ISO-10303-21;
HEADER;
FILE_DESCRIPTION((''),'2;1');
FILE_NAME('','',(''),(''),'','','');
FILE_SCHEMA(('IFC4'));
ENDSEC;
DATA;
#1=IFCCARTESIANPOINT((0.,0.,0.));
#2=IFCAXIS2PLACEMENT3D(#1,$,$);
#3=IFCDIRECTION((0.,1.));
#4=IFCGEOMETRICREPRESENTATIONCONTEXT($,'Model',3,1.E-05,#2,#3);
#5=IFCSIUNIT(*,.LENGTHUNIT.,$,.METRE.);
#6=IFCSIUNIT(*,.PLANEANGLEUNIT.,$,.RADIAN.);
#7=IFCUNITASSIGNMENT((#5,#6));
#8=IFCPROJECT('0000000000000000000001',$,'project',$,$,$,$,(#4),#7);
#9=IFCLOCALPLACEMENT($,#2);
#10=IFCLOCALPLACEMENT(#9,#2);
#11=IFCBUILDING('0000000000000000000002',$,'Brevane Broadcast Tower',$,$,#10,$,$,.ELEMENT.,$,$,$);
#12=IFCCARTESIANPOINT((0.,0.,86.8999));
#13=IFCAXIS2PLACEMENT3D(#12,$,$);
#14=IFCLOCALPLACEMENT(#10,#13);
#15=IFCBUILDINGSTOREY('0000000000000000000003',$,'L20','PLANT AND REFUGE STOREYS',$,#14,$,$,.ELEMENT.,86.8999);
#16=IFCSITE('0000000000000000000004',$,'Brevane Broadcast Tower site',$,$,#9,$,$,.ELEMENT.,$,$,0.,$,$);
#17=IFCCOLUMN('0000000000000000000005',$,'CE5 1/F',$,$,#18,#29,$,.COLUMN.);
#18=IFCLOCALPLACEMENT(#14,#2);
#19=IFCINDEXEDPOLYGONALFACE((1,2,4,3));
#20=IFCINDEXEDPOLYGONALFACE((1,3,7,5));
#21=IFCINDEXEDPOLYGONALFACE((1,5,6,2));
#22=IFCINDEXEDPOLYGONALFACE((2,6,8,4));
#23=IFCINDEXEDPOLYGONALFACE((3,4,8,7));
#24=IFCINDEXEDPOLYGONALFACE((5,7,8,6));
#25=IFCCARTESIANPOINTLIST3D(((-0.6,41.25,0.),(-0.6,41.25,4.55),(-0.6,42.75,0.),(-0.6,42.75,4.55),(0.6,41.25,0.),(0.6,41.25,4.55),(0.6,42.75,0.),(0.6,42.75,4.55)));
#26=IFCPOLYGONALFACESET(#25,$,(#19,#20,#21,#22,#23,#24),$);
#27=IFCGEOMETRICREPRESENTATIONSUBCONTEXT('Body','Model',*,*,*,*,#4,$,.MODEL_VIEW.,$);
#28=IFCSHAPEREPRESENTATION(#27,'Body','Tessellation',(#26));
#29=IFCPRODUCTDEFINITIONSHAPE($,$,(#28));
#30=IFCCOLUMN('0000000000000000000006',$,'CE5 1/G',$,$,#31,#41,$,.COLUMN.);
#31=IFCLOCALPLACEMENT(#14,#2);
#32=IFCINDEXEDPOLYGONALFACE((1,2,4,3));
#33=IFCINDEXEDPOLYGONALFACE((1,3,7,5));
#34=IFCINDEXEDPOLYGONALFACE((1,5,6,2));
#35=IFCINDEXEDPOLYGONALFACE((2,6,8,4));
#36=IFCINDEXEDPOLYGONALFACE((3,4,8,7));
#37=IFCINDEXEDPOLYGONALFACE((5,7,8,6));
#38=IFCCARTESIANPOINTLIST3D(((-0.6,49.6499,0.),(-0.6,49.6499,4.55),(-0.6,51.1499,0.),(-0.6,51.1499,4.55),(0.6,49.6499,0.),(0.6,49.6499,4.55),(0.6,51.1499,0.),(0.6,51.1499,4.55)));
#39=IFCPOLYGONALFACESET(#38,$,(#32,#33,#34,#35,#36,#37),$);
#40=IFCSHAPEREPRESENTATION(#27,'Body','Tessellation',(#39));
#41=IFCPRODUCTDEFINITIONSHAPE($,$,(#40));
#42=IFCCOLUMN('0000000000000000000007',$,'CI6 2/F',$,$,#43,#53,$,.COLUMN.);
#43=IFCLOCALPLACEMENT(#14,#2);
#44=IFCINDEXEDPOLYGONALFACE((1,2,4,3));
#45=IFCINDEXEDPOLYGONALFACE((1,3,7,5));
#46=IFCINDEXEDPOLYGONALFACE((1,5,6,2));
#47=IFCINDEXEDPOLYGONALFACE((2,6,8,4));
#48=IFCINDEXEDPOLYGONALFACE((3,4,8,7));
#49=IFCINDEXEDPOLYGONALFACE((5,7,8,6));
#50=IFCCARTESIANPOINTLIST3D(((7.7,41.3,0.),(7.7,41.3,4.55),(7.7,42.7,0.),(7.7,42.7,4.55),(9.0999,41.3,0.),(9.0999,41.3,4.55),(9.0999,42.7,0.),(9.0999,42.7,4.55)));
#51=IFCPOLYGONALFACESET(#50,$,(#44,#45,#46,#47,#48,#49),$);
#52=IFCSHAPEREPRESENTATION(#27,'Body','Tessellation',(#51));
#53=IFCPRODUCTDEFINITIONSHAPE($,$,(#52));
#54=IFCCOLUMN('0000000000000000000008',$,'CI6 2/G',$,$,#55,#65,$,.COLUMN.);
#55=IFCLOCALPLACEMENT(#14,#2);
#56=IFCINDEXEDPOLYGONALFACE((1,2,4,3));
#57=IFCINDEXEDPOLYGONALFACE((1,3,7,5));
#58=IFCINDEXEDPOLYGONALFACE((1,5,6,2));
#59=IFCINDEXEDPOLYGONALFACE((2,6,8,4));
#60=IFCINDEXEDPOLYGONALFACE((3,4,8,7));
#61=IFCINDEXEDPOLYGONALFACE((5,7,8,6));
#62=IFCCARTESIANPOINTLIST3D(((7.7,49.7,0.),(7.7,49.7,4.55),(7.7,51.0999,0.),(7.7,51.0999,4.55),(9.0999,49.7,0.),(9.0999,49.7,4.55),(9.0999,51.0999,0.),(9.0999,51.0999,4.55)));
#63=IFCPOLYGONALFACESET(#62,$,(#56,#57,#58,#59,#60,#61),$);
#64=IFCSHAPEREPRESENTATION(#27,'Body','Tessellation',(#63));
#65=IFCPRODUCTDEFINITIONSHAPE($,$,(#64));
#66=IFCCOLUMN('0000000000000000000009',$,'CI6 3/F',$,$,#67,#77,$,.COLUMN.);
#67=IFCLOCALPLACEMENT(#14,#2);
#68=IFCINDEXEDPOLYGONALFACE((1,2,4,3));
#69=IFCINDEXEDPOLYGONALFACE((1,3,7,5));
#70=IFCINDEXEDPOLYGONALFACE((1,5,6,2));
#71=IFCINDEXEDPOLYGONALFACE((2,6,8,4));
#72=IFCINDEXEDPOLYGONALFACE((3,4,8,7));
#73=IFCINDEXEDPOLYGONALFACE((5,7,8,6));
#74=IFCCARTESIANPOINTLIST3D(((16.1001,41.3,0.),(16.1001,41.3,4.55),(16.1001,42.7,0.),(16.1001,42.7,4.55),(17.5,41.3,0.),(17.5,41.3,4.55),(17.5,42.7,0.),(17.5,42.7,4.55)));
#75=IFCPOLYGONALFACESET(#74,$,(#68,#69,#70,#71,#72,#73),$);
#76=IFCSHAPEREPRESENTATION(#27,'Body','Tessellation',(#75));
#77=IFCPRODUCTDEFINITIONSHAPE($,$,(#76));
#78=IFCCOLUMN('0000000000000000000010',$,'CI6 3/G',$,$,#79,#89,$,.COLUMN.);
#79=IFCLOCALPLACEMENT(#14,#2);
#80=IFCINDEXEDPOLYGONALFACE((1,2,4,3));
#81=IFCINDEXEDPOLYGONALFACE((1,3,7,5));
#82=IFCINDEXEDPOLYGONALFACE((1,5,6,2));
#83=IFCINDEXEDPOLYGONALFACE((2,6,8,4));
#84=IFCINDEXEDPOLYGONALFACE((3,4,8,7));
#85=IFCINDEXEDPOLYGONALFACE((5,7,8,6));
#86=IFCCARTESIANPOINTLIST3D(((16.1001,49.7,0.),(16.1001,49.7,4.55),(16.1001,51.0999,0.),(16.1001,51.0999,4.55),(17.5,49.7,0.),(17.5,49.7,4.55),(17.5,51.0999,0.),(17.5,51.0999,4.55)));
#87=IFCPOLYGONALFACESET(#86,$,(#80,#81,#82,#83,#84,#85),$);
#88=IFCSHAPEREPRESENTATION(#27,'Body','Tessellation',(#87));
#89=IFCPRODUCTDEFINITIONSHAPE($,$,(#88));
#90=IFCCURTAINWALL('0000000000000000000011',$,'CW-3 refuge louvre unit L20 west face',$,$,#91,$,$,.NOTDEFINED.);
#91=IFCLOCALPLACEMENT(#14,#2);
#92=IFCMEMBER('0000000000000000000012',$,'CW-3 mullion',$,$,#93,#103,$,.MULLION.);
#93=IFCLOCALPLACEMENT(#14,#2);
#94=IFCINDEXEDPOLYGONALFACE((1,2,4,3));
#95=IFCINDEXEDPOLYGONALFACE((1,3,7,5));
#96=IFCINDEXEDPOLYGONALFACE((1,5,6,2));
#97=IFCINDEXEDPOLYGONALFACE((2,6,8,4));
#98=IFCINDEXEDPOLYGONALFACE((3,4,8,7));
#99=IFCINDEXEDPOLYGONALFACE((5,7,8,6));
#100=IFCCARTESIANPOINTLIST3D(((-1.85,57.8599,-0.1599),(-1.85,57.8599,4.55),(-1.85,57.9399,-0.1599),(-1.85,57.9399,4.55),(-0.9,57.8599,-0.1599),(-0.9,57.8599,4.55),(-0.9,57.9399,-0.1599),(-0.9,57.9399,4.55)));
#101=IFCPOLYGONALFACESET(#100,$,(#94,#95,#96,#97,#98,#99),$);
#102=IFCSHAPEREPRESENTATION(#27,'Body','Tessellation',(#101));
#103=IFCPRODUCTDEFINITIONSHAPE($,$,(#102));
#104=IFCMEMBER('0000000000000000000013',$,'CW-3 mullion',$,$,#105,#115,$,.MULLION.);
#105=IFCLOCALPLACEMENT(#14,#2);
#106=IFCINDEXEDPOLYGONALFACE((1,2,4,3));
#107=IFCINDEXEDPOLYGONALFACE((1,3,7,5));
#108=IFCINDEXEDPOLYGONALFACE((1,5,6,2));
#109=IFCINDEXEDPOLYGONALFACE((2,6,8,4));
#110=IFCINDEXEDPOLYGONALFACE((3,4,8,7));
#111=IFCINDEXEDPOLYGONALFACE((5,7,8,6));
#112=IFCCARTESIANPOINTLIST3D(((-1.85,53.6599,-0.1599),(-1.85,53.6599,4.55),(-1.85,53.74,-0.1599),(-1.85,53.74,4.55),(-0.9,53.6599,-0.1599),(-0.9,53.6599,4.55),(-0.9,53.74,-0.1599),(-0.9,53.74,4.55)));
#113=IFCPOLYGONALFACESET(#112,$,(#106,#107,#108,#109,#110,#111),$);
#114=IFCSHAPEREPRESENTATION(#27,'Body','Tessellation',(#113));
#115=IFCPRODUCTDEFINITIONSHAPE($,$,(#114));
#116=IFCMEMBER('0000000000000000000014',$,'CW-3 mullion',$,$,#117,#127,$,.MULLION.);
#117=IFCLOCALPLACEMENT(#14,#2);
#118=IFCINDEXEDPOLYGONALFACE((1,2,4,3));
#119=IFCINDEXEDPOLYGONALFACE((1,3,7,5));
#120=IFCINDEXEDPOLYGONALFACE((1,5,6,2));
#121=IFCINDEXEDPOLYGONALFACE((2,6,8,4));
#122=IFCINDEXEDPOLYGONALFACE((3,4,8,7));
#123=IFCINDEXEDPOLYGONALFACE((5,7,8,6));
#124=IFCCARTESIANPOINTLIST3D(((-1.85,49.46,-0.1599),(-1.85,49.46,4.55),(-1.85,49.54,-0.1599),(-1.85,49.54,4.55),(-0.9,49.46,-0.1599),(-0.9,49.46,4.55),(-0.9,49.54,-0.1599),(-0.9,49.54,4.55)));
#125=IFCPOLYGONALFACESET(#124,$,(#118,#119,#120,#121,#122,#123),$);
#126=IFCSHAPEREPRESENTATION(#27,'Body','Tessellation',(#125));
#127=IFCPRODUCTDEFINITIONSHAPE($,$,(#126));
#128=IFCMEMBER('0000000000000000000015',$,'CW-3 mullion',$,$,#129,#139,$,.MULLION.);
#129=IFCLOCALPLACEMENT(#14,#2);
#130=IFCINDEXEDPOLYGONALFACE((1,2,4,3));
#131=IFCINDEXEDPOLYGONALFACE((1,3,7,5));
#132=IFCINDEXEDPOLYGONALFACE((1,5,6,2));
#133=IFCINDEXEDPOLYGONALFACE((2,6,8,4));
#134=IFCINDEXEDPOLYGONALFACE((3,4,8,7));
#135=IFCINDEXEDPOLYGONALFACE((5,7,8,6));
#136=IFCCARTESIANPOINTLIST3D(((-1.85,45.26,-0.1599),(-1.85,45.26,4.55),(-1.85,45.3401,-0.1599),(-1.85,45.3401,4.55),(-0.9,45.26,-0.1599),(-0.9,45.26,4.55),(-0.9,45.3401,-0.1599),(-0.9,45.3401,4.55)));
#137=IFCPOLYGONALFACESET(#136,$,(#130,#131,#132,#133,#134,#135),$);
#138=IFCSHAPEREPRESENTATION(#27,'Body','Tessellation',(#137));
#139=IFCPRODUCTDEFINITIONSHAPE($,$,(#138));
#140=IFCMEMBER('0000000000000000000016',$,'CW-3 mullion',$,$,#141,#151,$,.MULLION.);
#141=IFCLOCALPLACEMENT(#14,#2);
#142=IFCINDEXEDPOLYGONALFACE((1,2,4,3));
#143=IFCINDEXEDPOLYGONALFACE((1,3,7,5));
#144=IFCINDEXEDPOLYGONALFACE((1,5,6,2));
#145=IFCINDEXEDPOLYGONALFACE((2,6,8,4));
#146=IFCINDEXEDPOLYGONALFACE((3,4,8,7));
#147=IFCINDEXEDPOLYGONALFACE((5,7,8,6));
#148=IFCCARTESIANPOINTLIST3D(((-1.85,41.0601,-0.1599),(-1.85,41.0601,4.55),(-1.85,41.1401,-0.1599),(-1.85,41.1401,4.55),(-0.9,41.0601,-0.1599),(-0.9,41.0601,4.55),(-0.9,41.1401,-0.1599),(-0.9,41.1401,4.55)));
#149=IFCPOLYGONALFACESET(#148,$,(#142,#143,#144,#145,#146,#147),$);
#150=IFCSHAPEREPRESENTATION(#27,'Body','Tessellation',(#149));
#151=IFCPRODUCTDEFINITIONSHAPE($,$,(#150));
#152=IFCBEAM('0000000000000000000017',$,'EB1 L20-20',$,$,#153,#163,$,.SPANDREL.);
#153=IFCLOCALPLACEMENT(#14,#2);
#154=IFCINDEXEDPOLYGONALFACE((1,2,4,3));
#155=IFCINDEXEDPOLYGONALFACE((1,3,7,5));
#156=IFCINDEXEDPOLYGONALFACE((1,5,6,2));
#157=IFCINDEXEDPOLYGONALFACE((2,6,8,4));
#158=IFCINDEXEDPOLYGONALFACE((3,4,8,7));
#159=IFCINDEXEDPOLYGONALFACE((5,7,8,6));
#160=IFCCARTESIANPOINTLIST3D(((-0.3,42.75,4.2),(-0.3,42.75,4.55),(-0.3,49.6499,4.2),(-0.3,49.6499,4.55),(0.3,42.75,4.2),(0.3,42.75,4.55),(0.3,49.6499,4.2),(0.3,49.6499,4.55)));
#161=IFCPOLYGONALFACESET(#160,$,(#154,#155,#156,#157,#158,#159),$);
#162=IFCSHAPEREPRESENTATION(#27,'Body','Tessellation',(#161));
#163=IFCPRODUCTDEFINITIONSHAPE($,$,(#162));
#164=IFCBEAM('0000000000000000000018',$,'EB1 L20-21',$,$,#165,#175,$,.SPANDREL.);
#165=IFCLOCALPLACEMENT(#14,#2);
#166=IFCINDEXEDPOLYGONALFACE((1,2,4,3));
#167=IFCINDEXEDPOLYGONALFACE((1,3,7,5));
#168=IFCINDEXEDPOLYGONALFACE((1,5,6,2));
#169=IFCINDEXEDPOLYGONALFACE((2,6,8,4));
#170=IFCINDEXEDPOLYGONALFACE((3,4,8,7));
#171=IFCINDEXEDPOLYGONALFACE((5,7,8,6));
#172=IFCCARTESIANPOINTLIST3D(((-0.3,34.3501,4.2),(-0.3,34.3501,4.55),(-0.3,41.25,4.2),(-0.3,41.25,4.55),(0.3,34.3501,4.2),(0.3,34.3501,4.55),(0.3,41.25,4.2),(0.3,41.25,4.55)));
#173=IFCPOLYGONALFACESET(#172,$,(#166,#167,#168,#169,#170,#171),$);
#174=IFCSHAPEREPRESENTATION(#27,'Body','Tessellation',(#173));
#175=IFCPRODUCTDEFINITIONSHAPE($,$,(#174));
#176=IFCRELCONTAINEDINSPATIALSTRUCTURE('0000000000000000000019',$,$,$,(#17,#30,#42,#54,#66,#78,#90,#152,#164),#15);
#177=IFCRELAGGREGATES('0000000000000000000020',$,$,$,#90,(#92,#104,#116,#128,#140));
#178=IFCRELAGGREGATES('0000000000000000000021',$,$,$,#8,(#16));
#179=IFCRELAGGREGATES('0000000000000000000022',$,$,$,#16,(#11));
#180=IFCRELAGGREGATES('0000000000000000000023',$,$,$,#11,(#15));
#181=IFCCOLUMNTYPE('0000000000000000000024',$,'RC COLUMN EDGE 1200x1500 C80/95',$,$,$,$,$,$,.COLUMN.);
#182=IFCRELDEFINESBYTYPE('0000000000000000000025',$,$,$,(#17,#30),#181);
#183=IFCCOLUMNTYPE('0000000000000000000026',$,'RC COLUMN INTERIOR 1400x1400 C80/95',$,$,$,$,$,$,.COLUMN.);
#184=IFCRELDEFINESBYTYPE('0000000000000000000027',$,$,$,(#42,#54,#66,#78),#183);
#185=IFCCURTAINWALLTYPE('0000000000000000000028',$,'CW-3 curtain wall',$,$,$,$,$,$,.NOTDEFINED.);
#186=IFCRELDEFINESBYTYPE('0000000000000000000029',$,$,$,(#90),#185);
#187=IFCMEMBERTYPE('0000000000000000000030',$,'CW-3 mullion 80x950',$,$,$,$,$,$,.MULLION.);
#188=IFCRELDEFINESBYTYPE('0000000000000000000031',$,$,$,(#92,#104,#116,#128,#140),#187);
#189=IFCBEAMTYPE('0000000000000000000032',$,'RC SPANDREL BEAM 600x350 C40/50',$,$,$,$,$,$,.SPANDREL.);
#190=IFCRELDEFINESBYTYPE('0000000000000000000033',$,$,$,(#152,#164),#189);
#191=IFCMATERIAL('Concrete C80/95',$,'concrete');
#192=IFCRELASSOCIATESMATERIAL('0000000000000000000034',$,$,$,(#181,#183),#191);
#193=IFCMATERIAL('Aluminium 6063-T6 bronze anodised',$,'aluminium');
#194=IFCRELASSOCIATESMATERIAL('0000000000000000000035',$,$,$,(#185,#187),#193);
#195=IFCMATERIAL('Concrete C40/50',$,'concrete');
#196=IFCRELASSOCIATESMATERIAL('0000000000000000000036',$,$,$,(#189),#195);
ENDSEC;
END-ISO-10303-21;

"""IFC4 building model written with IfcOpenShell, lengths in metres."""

from ifc_helpers import new_model, si_unit, direction, frame, origin, origin_2d, place, context, subcontext, project, spatial, rectangle, extrude, material, material_profile, profile_set, type_object, element, aggregate, save


model = new_model("IFC4")

# Units and contexts
model_context = context("Model", 3, precision=1e-05, world=origin(), true_north=direction((0.0, 1.0)))
body_context = subcontext(model_context, "Body", "Model", "MODEL_VIEW")
ifc_project = project(units=[si_unit("LENGTHUNIT", "METRE"), si_unit("PLANEANGLEUNIT", "RADIAN")], contexts=[model_context])

# Site, building, storey
site_placement = place(None, origin())
site = spatial("IfcSite", under=ifc_project, at=site_placement, Name="Brevane Broadcast Tower site", CompositionType="ELEMENT", RefElevation=0.0)
building_placement = place(site_placement, origin())
building = spatial("IfcBuilding", under=site, at=building_placement, Name="Brevane Broadcast Tower", CompositionType="ELEMENT")
storey_placement = place(building_placement, frame((0.0, 0.0, 86.8999)))
storey = spatial("IfcBuildingStorey", under=building, at=storey_placement, Name="L20", Description="PLANT AND REFUGE STOREYS", CompositionType="ELEMENT", Elevation=86.8999)

# Columns
ifc_material_1 = material(Name="Concrete C80/95", Category="concrete")
ifc_material_profile_1 = material_profile(ifc_material_1, rectangle(XDim=1.2, YDim=1.5, at=origin_2d()), Name="RC 1200x1500")
ifc_profile_set_1 = profile_set([ifc_material_profile_1], Name="Concrete C80/95")
column_type_1 = type_object("IfcColumnType", Name="RC COLUMN EDGE 1200x1500 C80/95", PredefinedType="COLUMN", material=ifc_profile_set_1)
for number, where, z_axis, x_axis, name in (
    (1, (0.0, 42.0, 0.0), (0.0, 0.0, 1.0), (1.0, 0.0, 0.0), "CE5 1/F"),
    (2, (0.0, 50.3999, 0.0), (0.0, 0.0, 1.0), (1.0, 0.0, 0.0), "CE5 1/G"),
):
    element("IfcColumn", number, at=place(storey_placement, frame(where, z_axis=z_axis, x_axis=x_axis)), inside=storey, type_object=column_type_1, Name=name, PredefinedType="COLUMN", context=body_context, shape_type="SweptSolid", body=[
        extrude(rectangle(XDim=1.2, YDim=1.5, at=origin_2d()), origin(), (0.0, 0.0, 1.0), 4.55),
    ])
ifc_material_profile_2 = material_profile(ifc_material_1, rectangle(XDim=1.3999, YDim=1.3999, at=origin_2d()), Name="RC 1400x1400")
ifc_profile_set_2 = profile_set([ifc_material_profile_2], Name="Concrete C80/95")
column_type_2 = type_object("IfcColumnType", Name="RC COLUMN INTERIOR 1400x1400 C80/95", PredefinedType="COLUMN", material=ifc_profile_set_2)
for number, where, z_axis, x_axis, name in (
    (3, (8.3999, 42.0, 0.0), (0.0, 0.0, 1.0), (1.0, 0.0, 0.0), "CI6 2/F"),
    (4, (8.3999, 50.3999, 0.0), (0.0, 0.0, 1.0), (1.0, 0.0, 0.0), "CI6 2/G"),
    (5, (16.8, 42.0, 0.0), (0.0, 0.0, 1.0), (1.0, 0.0, 0.0), "CI6 3/F"),
    (6, (16.8, 50.3999, 0.0), (0.0, 0.0, 1.0), (1.0, 0.0, 0.0), "CI6 3/G"),
):
    element("IfcColumn", number, at=place(storey_placement, frame(where, z_axis=z_axis, x_axis=x_axis)), inside=storey, type_object=column_type_2, Name=name, PredefinedType="COLUMN", context=body_context, shape_type="SweptSolid", body=[
        extrude(rectangle(XDim=1.3999, YDim=1.3999, at=origin_2d()), origin(), (0.0, 0.0, 1.0), 4.55),
    ])

# Curtain wall, members
ifc_material_2 = material(Name="Aluminium 6063-T6 bronze anodised", Category="aluminium")
curtain_wall_type = type_object("IfcCurtainWallType", Name="CW-3 curtain wall", PredefinedType="NOTDEFINED", material=ifc_material_2)
curtain_wall_placement = place(storey_placement, origin())
curtain_wall = element("IfcCurtainWall", 7, at=curtain_wall_placement, inside=storey, type_object=curtain_wall_type, Name="CW-3 refuge louvre unit L20 west face", PredefinedType="NOTDEFINED")
ifc_material_profile_3 = material_profile(ifc_material_2, rectangle(XDim=0.95, YDim=0.0801, at=origin_2d()), Name="RECT 80x950")
ifc_profile_set_3 = profile_set([ifc_material_profile_3], Name="Aluminium 6063-T6 bronze anodised")
member_type_1 = type_object("IfcMemberType", Name="CW-3 mullion 80x950", PredefinedType="MULLION", material=ifc_profile_set_3)
member_1_placement = place(storey_placement, frame((-1.375, 57.8999, -0.1599), z_axis=(0.0, 0.0, 1.0), x_axis=(1.0, 0.0, 0.0)))
member_1 = element("IfcMember", 8, at=member_1_placement, type_object=member_type_1, Name="CW-3 mullion", PredefinedType="MULLION", context=body_context, shape_type="SweptSolid", body=[
    extrude(rectangle(XDim=0.95, YDim=0.0801, at=origin_2d()), origin(), (0.0, 0.0, 1.0), 4.71),
])
member_2_placement = place(storey_placement, frame((-1.375, 53.7, -0.1599), z_axis=(0.0, 0.0, 1.0), x_axis=(1.0, 0.0, 0.0)))
member_2 = element("IfcMember", 9, at=member_2_placement, type_object=member_type_1, Name="CW-3 mullion", PredefinedType="MULLION", context=body_context, shape_type="SweptSolid", body=[
    extrude(rectangle(XDim=0.95, YDim=0.0801, at=origin_2d()), origin(), (0.0, 0.0, 1.0), 4.71),
])
member_3_placement = place(storey_placement, frame((-1.375, 49.5, -0.1599), z_axis=(0.0, 0.0, 1.0), x_axis=(1.0, 0.0, 0.0)))
member_3 = element("IfcMember", 10, at=member_3_placement, type_object=member_type_1, Name="CW-3 mullion", PredefinedType="MULLION", context=body_context, shape_type="SweptSolid", body=[
    extrude(rectangle(XDim=0.95, YDim=0.0801, at=origin_2d()), origin(), (0.0, 0.0, 1.0), 4.71),
])
member_4_placement = place(storey_placement, frame((-1.375, 45.3, -0.1599), z_axis=(0.0, 0.0, 1.0), x_axis=(1.0, 0.0, 0.0)))
member_4 = element("IfcMember", 11, at=member_4_placement, type_object=member_type_1, Name="CW-3 mullion", PredefinedType="MULLION", context=body_context, shape_type="SweptSolid", body=[
    extrude(rectangle(XDim=0.95, YDim=0.0801, at=origin_2d()), origin(), (0.0, 0.0, 1.0), 4.71),
])
member_5_placement = place(storey_placement, frame((-1.375, 41.1001, -0.1599), z_axis=(0.0, 0.0, 1.0), x_axis=(1.0, 0.0, 0.0)))
member_5 = element("IfcMember", 12, at=member_5_placement, type_object=member_type_1, Name="CW-3 mullion", PredefinedType="MULLION", context=body_context, shape_type="SweptSolid", body=[
    extrude(rectangle(XDim=0.95, YDim=0.0801, at=origin_2d()), origin(), (0.0, 0.0, 1.0), 4.71),
])
aggregate(curtain_wall, [member_1, member_2, member_3, member_4, member_5])

# Beams
ifc_material_3 = material(Name="Concrete C40/50", Category="concrete")
ifc_material_profile_4 = material_profile(ifc_material_3, rectangle(XDim=0.6001, YDim=0.3501, at=origin_2d()), Name="RC 600x350")
ifc_profile_set_4 = profile_set([ifc_material_profile_4], Name="Concrete C40/50")
beam_type = type_object("IfcBeamType", Name="RC SPANDREL BEAM 600x350 C40/50", PredefinedType="SPANDREL", material=ifc_profile_set_4)
for number, where, z_axis, x_axis, name in (
    (13, (0.0, 49.6499, 4.375), (0.0, -1.0, 0.0), (1.0, 0.0, 0.0), "EB1 L20-20"),
    (14, (0.0, 41.25, 4.375), (0.0, -1.0, 0.0), (1.0, 0.0, 0.0), "EB1 L20-21"),
):
    element("IfcBeam", number, at=place(storey_placement, frame(where, z_axis=z_axis, x_axis=x_axis)), inside=storey, type_object=beam_type, Name=name, PredefinedType="SPANDREL", context=body_context, shape_type="SweptSolid", body=[
        extrude(rectangle(XDim=0.6001, YDim=0.3501, at=origin_2d()), origin(), (0.0, 0.0, 1.0), 6.8999),
    ])

save(model, "model.ifc")
